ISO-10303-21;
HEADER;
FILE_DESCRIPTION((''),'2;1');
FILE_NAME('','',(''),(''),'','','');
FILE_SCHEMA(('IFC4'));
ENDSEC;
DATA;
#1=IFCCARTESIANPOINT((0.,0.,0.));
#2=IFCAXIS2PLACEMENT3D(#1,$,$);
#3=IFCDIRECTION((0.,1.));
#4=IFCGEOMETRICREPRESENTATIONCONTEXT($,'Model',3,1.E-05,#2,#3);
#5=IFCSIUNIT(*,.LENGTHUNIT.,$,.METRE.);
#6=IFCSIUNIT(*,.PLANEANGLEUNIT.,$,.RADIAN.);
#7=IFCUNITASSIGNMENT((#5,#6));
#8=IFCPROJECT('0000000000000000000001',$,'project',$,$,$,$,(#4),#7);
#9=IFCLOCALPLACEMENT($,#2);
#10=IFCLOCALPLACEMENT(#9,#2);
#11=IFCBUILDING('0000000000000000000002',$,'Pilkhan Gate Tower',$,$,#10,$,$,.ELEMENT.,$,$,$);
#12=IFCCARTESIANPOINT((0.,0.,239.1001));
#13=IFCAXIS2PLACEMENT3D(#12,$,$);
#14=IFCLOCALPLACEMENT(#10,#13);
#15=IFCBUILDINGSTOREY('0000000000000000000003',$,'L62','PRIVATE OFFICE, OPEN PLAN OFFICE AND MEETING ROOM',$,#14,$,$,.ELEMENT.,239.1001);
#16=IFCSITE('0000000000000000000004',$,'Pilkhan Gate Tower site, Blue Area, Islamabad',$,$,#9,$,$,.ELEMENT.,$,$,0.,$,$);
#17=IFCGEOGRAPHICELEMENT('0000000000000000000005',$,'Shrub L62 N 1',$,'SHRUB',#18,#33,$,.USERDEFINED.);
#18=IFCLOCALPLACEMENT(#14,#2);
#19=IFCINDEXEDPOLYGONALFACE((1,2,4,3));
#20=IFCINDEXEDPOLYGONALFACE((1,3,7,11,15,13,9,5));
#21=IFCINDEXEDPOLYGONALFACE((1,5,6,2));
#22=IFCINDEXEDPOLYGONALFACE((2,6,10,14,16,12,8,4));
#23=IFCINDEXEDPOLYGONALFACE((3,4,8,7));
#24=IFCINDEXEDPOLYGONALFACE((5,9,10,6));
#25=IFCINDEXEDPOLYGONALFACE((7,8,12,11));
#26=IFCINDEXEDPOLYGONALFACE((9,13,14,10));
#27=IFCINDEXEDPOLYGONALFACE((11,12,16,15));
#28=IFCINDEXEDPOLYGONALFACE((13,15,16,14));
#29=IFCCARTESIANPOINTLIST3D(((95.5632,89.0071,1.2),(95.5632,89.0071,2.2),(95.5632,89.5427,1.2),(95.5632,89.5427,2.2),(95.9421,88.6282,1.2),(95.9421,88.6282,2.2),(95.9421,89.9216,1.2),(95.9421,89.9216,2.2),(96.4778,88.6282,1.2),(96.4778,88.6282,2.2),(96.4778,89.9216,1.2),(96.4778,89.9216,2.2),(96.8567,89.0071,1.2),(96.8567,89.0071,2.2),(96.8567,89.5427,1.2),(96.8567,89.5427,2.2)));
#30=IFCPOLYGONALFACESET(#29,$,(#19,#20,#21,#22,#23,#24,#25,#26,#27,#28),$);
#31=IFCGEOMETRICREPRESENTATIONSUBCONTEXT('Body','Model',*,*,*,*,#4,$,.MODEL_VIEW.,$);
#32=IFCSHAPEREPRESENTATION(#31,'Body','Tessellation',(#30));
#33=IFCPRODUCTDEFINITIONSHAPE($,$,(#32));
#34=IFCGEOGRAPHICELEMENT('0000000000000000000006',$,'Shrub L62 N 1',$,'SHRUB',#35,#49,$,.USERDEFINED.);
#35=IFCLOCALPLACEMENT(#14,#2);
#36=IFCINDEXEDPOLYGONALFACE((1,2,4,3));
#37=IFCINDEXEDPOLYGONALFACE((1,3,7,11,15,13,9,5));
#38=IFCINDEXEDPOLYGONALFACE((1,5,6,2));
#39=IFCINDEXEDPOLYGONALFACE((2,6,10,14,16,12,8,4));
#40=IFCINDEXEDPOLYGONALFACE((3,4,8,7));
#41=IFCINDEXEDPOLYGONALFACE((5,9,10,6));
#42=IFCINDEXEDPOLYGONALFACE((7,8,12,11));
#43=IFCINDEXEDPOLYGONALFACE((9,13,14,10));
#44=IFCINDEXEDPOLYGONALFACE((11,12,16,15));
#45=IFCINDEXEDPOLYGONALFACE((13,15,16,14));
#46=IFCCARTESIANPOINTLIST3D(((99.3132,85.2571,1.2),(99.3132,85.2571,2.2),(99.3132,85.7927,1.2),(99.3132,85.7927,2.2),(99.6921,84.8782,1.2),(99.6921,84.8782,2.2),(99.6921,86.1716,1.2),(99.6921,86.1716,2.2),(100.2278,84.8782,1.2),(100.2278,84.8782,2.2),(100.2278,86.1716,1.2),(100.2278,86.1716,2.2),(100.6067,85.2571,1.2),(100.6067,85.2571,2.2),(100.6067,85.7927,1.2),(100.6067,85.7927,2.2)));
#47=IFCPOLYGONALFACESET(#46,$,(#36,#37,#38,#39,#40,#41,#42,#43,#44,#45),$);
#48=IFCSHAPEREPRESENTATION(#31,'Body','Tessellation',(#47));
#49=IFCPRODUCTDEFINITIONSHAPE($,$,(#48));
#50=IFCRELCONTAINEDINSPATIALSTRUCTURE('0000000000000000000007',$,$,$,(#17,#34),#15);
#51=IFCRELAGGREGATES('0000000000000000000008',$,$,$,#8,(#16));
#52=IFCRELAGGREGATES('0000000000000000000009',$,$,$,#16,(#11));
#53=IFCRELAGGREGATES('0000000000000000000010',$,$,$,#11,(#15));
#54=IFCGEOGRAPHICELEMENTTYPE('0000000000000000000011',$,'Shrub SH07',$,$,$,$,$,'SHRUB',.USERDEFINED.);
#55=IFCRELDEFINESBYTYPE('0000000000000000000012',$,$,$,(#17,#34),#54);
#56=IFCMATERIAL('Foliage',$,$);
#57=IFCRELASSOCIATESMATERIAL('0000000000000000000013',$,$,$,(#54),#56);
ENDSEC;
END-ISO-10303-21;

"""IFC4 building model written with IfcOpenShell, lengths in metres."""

from ifc_helpers import new_model, si_unit, direction, frame, origin, place, context, subcontext, project, spatial, polyline, outline, extrude, material, material_profile, profile_set, type_object, element, save


model = new_model("IFC4")

# Units and contexts
model_context = context("Model", 3, precision=1e-05, world=origin(), true_north=direction((0.0, 1.0)))
body_context = subcontext(model_context, "Body", "Model", "MODEL_VIEW")
ifc_project = project(units=[si_unit("LENGTHUNIT", "METRE"), si_unit("PLANEANGLEUNIT", "RADIAN")], contexts=[model_context])

# Site, building, storey
site_placement = place(None, origin())
site = spatial("IfcSite", under=ifc_project, at=site_placement, Name="Pilkhan Gate Tower site, Blue Area, Islamabad", CompositionType="ELEMENT", RefElevation=0.0)
building_placement = place(site_placement, origin())
building = spatial("IfcBuilding", under=site, at=building_placement, Name="Pilkhan Gate Tower", CompositionType="ELEMENT")
storey_placement = place(building_placement, frame((0.0, 0.0, 239.1001)))
storey = spatial("IfcBuildingStorey", under=building, at=storey_placement, Name="L62", Description="PRIVATE OFFICE, OPEN PLAN OFFICE AND MEETING ROOM", CompositionType="ELEMENT", Elevation=239.1001)

# Geographic elements
ifc_material_1 = material(Name="Foliage")
ifc_material_profile_1 = material_profile(ifc_material_1, outline(polyline([(0.6467, 0.2678), (0.2678, 0.6467), (-0.2678, 0.6467), (-0.6467, 0.2678), (-0.6467, -0.2678), (-0.2678, -0.6467), (0.2678, -0.6467), (0.6467, -0.2678), (0.6467, 0.2678)])), Name="Shrub D1.4")
ifc_profile_set_1 = profile_set([ifc_material_profile_1], Name="Foliage")
geographic_element_type_1 = type_object("IfcGeographicElementType", Name="Shrub SH07", ElementType="SHRUB", PredefinedType="USERDEFINED", material=ifc_profile_set_1)
for number, where, z_axis, x_axis, name in (
    (1, (96.21, 89.2749, 1.2), (0.0, 0.0, 1.0), (1.0, 0.0, 0.0), "Shrub L62 N 1"),
    (2, (99.96, 85.5249, 1.2), (0.0, 0.0, 1.0), (1.0, 0.0, 0.0), "Shrub L62 N 1"),
):
    element("IfcGeographicElement", number, at=place(storey_placement, frame(where, z_axis=z_axis, x_axis=x_axis)), inside=storey, type_object=geographic_element_type_1, Name=name, ObjectType="SHRUB", PredefinedType="USERDEFINED", context=body_context, shape_type="SweptSolid", body=[
        extrude(outline(polyline([(0.6467, 0.2678), (0.2678, 0.6467), (-0.2678, 0.6467), (-0.6467, 0.2678), (-0.6467, -0.2678), (-0.2678, -0.6467), (0.2678, -0.6467), (0.6467, -0.2678), (0.6467, 0.2678)])), origin(), (0.0, 0.0, 1.0), 1.0),
    ])

save(model, "model.ifc")
